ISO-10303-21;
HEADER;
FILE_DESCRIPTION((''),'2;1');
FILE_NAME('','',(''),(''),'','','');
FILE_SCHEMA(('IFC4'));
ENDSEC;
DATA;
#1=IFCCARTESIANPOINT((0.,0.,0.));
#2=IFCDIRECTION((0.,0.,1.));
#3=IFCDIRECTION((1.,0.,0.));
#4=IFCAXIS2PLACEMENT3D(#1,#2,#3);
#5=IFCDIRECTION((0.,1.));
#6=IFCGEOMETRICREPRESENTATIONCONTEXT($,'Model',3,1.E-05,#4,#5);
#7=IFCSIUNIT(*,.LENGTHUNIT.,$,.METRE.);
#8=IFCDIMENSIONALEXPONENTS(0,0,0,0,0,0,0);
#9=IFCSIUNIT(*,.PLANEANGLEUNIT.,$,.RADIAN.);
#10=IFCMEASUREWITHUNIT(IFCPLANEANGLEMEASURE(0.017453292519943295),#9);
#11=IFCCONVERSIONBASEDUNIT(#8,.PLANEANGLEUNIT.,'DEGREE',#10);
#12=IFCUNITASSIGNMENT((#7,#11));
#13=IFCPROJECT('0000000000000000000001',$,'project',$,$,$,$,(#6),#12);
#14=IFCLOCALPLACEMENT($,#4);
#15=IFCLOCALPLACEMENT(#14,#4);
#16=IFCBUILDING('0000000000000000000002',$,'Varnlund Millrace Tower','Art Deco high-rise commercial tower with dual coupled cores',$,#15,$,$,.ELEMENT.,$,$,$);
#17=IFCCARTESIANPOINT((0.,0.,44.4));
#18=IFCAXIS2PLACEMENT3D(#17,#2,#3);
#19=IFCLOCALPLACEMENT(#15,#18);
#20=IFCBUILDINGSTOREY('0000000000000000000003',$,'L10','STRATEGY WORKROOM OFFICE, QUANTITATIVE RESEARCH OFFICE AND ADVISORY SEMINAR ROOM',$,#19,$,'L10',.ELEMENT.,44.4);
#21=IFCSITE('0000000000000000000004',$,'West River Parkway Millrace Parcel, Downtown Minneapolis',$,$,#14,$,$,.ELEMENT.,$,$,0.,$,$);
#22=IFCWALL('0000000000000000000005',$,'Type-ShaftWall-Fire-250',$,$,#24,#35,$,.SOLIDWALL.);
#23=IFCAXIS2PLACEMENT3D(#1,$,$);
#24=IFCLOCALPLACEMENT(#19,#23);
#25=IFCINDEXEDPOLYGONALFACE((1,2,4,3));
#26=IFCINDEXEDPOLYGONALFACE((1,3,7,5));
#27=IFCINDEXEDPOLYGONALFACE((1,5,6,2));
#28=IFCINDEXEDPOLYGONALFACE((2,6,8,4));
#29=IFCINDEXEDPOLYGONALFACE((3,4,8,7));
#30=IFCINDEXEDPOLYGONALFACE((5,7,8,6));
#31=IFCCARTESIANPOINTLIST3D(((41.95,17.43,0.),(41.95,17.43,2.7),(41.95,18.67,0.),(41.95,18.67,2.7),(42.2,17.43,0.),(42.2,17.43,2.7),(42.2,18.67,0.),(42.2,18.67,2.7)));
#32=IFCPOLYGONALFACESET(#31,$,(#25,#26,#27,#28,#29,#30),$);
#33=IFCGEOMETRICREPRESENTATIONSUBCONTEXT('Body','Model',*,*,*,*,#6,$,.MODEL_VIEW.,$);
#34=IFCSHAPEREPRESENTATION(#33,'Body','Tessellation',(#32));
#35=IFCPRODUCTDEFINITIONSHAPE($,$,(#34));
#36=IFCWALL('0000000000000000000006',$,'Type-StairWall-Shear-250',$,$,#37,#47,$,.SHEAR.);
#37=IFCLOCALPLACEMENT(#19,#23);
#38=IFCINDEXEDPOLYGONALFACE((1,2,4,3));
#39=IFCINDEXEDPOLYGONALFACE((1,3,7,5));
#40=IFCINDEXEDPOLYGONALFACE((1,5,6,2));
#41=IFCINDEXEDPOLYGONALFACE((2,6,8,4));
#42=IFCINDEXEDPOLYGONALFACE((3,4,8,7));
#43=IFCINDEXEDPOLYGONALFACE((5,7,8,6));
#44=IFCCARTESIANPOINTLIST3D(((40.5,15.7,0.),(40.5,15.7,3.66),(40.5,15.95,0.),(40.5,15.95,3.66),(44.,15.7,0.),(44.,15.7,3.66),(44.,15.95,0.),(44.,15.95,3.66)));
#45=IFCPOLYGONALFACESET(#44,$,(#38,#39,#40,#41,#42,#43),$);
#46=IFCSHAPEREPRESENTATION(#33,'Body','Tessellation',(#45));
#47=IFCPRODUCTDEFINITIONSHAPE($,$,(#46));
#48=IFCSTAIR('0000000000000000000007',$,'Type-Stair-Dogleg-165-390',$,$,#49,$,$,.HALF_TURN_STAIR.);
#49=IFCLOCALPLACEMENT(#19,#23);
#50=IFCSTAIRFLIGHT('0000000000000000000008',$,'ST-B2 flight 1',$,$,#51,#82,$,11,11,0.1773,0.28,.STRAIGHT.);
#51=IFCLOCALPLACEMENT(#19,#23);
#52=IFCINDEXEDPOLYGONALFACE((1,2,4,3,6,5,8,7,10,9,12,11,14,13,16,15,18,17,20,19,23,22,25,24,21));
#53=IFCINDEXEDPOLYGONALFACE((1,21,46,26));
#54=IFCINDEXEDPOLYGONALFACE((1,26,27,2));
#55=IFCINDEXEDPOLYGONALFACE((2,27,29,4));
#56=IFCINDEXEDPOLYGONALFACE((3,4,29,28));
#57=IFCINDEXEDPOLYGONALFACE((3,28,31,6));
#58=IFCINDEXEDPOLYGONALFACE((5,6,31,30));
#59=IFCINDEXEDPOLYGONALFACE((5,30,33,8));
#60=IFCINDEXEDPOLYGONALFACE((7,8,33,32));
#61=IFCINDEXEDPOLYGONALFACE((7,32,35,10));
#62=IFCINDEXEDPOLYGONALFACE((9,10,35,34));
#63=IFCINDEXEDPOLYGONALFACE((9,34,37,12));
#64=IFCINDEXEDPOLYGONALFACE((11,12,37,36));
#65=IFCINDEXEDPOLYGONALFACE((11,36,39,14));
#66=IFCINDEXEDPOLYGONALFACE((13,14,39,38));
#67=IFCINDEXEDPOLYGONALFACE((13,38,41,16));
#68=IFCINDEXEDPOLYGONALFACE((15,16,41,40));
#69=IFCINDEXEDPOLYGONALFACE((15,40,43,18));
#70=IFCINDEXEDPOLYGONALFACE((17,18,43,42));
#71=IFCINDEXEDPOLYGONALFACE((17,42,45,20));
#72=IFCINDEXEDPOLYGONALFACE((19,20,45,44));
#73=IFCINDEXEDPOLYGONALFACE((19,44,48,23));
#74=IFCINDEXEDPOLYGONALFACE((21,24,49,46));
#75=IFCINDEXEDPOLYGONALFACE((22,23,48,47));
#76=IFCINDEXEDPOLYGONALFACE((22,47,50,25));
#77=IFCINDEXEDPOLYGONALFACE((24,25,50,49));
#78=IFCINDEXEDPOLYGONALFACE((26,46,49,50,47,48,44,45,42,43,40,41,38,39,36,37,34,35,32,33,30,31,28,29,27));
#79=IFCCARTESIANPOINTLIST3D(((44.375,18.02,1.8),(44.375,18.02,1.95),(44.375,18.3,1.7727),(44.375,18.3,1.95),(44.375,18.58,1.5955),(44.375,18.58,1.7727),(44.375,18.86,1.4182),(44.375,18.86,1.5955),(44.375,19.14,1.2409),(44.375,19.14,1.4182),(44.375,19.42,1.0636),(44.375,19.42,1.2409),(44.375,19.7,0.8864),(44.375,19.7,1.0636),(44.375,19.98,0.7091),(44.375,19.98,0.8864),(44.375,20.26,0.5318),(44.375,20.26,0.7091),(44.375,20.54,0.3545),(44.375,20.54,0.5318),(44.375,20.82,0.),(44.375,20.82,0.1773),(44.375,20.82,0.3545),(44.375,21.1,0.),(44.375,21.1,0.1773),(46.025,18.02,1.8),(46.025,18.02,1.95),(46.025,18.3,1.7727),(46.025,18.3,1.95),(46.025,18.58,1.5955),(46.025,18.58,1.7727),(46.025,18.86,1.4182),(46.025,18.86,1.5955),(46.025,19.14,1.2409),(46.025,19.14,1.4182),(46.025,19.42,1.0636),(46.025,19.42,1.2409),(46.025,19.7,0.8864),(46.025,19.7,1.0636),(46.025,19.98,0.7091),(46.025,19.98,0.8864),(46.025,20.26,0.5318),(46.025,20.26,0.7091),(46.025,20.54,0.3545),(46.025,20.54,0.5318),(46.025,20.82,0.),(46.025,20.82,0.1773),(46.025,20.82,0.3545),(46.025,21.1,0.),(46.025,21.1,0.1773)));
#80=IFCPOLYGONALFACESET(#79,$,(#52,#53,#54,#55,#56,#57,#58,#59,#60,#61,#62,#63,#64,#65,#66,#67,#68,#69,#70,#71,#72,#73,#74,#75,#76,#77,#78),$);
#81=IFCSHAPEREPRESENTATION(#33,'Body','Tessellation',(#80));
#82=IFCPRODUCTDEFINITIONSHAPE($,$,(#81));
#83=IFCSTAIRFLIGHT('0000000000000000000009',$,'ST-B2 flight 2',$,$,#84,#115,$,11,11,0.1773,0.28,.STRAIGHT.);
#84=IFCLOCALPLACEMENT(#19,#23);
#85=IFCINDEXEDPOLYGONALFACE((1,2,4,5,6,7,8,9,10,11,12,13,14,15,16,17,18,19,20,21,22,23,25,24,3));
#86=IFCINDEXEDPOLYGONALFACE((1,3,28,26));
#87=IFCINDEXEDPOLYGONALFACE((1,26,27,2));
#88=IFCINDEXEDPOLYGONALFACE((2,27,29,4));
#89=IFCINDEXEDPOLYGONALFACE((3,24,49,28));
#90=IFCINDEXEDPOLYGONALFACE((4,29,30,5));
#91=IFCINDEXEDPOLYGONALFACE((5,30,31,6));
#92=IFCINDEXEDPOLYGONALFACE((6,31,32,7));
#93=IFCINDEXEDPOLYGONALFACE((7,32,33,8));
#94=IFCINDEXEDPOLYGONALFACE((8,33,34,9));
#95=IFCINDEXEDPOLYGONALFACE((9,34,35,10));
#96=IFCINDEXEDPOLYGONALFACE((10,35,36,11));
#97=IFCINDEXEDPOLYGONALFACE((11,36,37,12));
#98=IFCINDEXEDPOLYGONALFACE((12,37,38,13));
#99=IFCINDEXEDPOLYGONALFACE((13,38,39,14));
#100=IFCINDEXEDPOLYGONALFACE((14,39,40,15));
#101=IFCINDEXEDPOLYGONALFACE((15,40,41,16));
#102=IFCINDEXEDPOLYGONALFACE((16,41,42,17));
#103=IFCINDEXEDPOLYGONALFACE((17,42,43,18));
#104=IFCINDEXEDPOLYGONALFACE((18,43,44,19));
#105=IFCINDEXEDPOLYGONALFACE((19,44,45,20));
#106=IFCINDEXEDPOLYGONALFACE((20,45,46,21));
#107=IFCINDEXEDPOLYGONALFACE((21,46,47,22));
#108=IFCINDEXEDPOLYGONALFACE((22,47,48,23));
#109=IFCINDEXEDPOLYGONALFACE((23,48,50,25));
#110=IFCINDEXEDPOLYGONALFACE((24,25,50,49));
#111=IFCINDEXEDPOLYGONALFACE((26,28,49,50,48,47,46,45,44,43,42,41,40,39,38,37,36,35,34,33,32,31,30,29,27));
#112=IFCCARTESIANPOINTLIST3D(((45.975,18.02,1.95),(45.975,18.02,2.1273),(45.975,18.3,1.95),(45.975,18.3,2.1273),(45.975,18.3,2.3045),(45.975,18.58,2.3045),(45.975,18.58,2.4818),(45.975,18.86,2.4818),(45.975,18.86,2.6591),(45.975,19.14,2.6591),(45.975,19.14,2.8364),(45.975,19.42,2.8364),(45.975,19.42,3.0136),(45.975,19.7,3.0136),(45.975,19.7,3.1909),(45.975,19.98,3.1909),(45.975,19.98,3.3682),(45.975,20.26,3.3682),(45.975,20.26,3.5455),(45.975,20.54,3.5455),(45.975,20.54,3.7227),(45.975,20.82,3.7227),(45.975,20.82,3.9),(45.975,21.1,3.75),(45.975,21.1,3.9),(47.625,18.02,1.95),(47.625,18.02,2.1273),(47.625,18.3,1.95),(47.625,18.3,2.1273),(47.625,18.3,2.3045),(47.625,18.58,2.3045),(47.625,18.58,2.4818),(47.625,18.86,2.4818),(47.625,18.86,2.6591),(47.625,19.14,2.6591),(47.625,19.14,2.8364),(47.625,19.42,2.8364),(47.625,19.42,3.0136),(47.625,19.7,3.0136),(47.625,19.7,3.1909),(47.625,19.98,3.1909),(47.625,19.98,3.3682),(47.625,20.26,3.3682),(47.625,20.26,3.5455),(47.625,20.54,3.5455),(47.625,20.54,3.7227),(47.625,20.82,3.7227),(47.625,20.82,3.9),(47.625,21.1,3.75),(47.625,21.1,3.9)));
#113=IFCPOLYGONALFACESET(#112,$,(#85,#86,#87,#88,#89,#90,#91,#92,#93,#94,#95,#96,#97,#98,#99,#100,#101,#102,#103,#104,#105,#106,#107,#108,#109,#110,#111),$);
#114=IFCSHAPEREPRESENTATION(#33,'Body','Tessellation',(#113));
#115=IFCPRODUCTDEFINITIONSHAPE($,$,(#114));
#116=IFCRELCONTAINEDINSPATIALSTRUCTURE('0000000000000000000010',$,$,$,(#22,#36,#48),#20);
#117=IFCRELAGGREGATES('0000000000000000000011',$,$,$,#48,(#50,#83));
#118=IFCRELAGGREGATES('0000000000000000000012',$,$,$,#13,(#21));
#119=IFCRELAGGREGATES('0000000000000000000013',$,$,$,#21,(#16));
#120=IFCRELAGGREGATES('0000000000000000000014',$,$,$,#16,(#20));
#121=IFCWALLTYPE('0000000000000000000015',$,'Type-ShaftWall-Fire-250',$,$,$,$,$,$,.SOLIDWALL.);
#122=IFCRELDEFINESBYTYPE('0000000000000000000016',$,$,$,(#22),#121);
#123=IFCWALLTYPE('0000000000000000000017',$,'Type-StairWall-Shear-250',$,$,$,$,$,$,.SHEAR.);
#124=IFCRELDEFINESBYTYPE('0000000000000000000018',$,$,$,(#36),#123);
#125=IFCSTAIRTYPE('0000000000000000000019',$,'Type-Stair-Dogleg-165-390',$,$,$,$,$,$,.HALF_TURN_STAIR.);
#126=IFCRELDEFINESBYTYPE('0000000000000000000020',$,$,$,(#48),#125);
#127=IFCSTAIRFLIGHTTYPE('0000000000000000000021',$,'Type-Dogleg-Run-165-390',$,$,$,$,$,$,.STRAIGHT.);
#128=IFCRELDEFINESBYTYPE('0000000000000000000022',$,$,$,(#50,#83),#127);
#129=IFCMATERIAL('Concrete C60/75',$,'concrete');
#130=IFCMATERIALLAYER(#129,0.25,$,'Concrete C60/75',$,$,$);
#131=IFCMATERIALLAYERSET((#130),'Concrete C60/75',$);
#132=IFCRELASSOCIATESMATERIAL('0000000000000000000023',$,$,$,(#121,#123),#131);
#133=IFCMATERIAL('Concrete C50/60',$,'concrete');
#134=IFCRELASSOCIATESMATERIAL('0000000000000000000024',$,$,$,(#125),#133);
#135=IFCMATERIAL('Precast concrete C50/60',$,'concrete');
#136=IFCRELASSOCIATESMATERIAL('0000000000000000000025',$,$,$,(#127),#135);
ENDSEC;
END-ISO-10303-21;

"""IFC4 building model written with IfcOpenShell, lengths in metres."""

from ifc_helpers import new_model, entity, si_unit, converted_unit, direction, frame, origin_with_axes, place, context, subcontext, project, spatial, polyline, outline, extrude, material, layer, layer_set, type_object, element, aggregate, save


model = new_model("IFC4")

# Units and contexts
model_context = context("Model", 3, precision=1e-05, world=origin_with_axes(), true_north=direction((0.0, 1.0)))
body_context = subcontext(model_context, "Body", "Model", "MODEL_VIEW")
ifc_project = project(units=[si_unit("LENGTHUNIT", "METRE"), converted_unit("PLANEANGLEUNIT", "DEGREE", entity("IfcPlaneAngleMeasure", 0.017453292519943295), si_unit("PLANEANGLEUNIT", "RADIAN"), dimensions=[0, 0, 0, 0, 0, 0, 0])], contexts=[model_context])

# Site, building, storey
site_placement = place(None, origin_with_axes())
site = spatial("IfcSite", under=ifc_project, at=site_placement, Name="West River Parkway Millrace Parcel, Downtown Minneapolis", CompositionType="ELEMENT", RefElevation=0.0)
building_placement = place(site_placement, origin_with_axes())
building = spatial("IfcBuilding", under=site, at=building_placement, Name="Varnlund Millrace Tower", Description="Art Deco high-rise commercial tower with dual coupled cores", CompositionType="ELEMENT")
storey_placement = place(building_placement, frame((0.0, 0.0, 44.4), z_axis=(0.0, 0.0, 1.0), x_axis=(1.0, 0.0, 0.0)))
storey = spatial("IfcBuildingStorey", under=building, at=storey_placement, Name="L10", Description="STRATEGY WORKROOM OFFICE, QUANTITATIVE RESEARCH OFFICE AND ADVISORY SEMINAR ROOM", LongName="L10", CompositionType="ELEMENT", Elevation=44.4)

# Shared definitions
ifc_material_1 = material(Name="Precast concrete C50/60", Category="concrete")

# Shared definitions
ifc_material_2 = material(Name="Concrete C60/75", Category="concrete")
ifc_layer_1 = layer(ifc_material_2, 0.25, Name="Concrete C60/75")
ifc_layer_set_1 = layer_set([ifc_layer_1], Name="Concrete C60/75")
wall_type_1 = type_object("IfcWallType", Name="Type-ShaftWall-Fire-250", PredefinedType="SOLIDWALL", material=ifc_layer_set_1)

# Walls
wall_1_placement = place(storey_placement, frame((42.075, 17.43, 0.0), z_axis=(0.0, 0.0, 1.0), x_axis=(0.0, 1.0, 0.0)))
element("IfcWall", 1, at=wall_1_placement, inside=storey, type_object=wall_type_1, Name="Type-ShaftWall-Fire-250", PredefinedType="SOLIDWALL", context=body_context, shape_type="SweptSolid", body=[
    extrude(outline(polyline([(0.0, -0.125), (1.24, -0.125), (1.24, 0.125), (0.0, 0.125), (0.0, -0.125)])), origin_with_axes(), (0.0, 0.0, 1.0), 2.7),
])
wall_type_2 = type_object("IfcWallType", Name="Type-StairWall-Shear-250", PredefinedType="SHEAR", material=ifc_layer_set_1)
wall_2_placement = place(storey_placement, frame((40.5, 15.825, 0.0), z_axis=(0.0, 0.0, 1.0), x_axis=(1.0, 0.0, 0.0)))
element("IfcWall", 2, at=wall_2_placement, inside=storey, type_object=wall_type_2, Name="Type-StairWall-Shear-250", PredefinedType="SHEAR", context=body_context, shape_type="SweptSolid", body=[
    extrude(outline(polyline([(0.0, -0.125), (3.5, -0.125), (3.5, 0.125), (0.0, 0.125), (0.0, -0.125)])), origin_with_axes(), (0.0, 0.0, 1.0), 3.66),
])

# Stair, stair flights
ifc_material_3 = material(Name="Concrete C50/60", Category="concrete")
stair_type = type_object("IfcStairType", Name="Type-Stair-Dogleg-165-390", PredefinedType="HALF_TURN_STAIR", material=ifc_material_3)
stair_placement = place(storey_placement, origin_with_axes())
stair = element("IfcStair", 3, at=stair_placement, inside=storey, type_object=stair_type, Name="Type-Stair-Dogleg-165-390", PredefinedType="HALF_TURN_STAIR")
stair_flight_type = type_object("IfcStairFlightType", Name="Type-Dogleg-Run-165-390", PredefinedType="STRAIGHT", material=ifc_material_1)
stair_flight_1_placement = place(storey_placement, frame((46.025, 21.1, 0.0), z_axis=(-1.0, 0.0, 0.0), x_axis=(0.0, -1.0, 0.0)))
stair_flight_1 = element("IfcStairFlight", 4, at=stair_flight_1_placement, type_object=stair_flight_type, Name="ST-B2 flight 1", NumberOfRisers=11, NumberOfTreads=11, PredefinedType="STRAIGHT", RiserHeight=0.1773, TreadLength=0.28, context=body_context, shape_type="SweptSolid", body=[
    extrude(outline(polyline([(0.0, 0.0), (0.0, 0.1773), (0.28, 0.1773), (0.28, 0.3545), (0.56, 0.3545), (0.56, 0.5318), (0.84, 0.5318), (0.84, 0.7091), (1.12, 0.7091), (1.12, 0.8864), (1.4, 0.8864), (1.4, 1.0636), (1.68, 1.0636), (1.68, 1.2409), (1.96, 1.2409), (1.96, 1.4182), (2.24, 1.4182), (2.24, 1.5955), (2.52, 1.5955), (2.52, 1.7727), (2.8, 1.7727), (2.8, 1.95), (3.08, 1.95), (3.08, 1.8), (0.28, 0.0), (0.0, 0.0)])), origin_with_axes(), (0.0, 0.0, 1.0), 1.65),
])
stair_flight_2_placement = place(storey_placement, frame((45.975, 18.02, 1.95), z_axis=(1.0, 0.0, 0.0), x_axis=(0.0, 1.0, 0.0)))
stair_flight_2 = element("IfcStairFlight", 5, at=stair_flight_2_placement, type_object=stair_flight_type, Name="ST-B2 flight 2", NumberOfRisers=11, NumberOfTreads=11, PredefinedType="STRAIGHT", RiserHeight=0.1773, TreadLength=0.28, context=body_context, shape_type="SweptSolid", body=[
    extrude(outline(polyline([(0.0, 0.0), (0.0, 0.1773), (0.28, 0.1773), (0.28, 0.3545), (0.56, 0.3545), (0.56, 0.5318), (0.84, 0.5318), (0.84, 0.7091), (1.12, 0.7091), (1.12, 0.8864), (1.4, 0.8864), (1.4, 1.0636), (1.68, 1.0636), (1.68, 1.2409), (1.96, 1.2409), (1.96, 1.4182), (2.24, 1.4182), (2.24, 1.5955), (2.52, 1.5955), (2.52, 1.7727), (2.8, 1.7727), (2.8, 1.95), (3.08, 1.95), (3.08, 1.8), (0.28, 0.0), (0.0, 0.0)])), origin_with_axes(), (0.0, 0.0, 1.0), 1.65),
])
aggregate(stair, [stair_flight_1, stair_flight_2])

save(model, "model.ifc")
